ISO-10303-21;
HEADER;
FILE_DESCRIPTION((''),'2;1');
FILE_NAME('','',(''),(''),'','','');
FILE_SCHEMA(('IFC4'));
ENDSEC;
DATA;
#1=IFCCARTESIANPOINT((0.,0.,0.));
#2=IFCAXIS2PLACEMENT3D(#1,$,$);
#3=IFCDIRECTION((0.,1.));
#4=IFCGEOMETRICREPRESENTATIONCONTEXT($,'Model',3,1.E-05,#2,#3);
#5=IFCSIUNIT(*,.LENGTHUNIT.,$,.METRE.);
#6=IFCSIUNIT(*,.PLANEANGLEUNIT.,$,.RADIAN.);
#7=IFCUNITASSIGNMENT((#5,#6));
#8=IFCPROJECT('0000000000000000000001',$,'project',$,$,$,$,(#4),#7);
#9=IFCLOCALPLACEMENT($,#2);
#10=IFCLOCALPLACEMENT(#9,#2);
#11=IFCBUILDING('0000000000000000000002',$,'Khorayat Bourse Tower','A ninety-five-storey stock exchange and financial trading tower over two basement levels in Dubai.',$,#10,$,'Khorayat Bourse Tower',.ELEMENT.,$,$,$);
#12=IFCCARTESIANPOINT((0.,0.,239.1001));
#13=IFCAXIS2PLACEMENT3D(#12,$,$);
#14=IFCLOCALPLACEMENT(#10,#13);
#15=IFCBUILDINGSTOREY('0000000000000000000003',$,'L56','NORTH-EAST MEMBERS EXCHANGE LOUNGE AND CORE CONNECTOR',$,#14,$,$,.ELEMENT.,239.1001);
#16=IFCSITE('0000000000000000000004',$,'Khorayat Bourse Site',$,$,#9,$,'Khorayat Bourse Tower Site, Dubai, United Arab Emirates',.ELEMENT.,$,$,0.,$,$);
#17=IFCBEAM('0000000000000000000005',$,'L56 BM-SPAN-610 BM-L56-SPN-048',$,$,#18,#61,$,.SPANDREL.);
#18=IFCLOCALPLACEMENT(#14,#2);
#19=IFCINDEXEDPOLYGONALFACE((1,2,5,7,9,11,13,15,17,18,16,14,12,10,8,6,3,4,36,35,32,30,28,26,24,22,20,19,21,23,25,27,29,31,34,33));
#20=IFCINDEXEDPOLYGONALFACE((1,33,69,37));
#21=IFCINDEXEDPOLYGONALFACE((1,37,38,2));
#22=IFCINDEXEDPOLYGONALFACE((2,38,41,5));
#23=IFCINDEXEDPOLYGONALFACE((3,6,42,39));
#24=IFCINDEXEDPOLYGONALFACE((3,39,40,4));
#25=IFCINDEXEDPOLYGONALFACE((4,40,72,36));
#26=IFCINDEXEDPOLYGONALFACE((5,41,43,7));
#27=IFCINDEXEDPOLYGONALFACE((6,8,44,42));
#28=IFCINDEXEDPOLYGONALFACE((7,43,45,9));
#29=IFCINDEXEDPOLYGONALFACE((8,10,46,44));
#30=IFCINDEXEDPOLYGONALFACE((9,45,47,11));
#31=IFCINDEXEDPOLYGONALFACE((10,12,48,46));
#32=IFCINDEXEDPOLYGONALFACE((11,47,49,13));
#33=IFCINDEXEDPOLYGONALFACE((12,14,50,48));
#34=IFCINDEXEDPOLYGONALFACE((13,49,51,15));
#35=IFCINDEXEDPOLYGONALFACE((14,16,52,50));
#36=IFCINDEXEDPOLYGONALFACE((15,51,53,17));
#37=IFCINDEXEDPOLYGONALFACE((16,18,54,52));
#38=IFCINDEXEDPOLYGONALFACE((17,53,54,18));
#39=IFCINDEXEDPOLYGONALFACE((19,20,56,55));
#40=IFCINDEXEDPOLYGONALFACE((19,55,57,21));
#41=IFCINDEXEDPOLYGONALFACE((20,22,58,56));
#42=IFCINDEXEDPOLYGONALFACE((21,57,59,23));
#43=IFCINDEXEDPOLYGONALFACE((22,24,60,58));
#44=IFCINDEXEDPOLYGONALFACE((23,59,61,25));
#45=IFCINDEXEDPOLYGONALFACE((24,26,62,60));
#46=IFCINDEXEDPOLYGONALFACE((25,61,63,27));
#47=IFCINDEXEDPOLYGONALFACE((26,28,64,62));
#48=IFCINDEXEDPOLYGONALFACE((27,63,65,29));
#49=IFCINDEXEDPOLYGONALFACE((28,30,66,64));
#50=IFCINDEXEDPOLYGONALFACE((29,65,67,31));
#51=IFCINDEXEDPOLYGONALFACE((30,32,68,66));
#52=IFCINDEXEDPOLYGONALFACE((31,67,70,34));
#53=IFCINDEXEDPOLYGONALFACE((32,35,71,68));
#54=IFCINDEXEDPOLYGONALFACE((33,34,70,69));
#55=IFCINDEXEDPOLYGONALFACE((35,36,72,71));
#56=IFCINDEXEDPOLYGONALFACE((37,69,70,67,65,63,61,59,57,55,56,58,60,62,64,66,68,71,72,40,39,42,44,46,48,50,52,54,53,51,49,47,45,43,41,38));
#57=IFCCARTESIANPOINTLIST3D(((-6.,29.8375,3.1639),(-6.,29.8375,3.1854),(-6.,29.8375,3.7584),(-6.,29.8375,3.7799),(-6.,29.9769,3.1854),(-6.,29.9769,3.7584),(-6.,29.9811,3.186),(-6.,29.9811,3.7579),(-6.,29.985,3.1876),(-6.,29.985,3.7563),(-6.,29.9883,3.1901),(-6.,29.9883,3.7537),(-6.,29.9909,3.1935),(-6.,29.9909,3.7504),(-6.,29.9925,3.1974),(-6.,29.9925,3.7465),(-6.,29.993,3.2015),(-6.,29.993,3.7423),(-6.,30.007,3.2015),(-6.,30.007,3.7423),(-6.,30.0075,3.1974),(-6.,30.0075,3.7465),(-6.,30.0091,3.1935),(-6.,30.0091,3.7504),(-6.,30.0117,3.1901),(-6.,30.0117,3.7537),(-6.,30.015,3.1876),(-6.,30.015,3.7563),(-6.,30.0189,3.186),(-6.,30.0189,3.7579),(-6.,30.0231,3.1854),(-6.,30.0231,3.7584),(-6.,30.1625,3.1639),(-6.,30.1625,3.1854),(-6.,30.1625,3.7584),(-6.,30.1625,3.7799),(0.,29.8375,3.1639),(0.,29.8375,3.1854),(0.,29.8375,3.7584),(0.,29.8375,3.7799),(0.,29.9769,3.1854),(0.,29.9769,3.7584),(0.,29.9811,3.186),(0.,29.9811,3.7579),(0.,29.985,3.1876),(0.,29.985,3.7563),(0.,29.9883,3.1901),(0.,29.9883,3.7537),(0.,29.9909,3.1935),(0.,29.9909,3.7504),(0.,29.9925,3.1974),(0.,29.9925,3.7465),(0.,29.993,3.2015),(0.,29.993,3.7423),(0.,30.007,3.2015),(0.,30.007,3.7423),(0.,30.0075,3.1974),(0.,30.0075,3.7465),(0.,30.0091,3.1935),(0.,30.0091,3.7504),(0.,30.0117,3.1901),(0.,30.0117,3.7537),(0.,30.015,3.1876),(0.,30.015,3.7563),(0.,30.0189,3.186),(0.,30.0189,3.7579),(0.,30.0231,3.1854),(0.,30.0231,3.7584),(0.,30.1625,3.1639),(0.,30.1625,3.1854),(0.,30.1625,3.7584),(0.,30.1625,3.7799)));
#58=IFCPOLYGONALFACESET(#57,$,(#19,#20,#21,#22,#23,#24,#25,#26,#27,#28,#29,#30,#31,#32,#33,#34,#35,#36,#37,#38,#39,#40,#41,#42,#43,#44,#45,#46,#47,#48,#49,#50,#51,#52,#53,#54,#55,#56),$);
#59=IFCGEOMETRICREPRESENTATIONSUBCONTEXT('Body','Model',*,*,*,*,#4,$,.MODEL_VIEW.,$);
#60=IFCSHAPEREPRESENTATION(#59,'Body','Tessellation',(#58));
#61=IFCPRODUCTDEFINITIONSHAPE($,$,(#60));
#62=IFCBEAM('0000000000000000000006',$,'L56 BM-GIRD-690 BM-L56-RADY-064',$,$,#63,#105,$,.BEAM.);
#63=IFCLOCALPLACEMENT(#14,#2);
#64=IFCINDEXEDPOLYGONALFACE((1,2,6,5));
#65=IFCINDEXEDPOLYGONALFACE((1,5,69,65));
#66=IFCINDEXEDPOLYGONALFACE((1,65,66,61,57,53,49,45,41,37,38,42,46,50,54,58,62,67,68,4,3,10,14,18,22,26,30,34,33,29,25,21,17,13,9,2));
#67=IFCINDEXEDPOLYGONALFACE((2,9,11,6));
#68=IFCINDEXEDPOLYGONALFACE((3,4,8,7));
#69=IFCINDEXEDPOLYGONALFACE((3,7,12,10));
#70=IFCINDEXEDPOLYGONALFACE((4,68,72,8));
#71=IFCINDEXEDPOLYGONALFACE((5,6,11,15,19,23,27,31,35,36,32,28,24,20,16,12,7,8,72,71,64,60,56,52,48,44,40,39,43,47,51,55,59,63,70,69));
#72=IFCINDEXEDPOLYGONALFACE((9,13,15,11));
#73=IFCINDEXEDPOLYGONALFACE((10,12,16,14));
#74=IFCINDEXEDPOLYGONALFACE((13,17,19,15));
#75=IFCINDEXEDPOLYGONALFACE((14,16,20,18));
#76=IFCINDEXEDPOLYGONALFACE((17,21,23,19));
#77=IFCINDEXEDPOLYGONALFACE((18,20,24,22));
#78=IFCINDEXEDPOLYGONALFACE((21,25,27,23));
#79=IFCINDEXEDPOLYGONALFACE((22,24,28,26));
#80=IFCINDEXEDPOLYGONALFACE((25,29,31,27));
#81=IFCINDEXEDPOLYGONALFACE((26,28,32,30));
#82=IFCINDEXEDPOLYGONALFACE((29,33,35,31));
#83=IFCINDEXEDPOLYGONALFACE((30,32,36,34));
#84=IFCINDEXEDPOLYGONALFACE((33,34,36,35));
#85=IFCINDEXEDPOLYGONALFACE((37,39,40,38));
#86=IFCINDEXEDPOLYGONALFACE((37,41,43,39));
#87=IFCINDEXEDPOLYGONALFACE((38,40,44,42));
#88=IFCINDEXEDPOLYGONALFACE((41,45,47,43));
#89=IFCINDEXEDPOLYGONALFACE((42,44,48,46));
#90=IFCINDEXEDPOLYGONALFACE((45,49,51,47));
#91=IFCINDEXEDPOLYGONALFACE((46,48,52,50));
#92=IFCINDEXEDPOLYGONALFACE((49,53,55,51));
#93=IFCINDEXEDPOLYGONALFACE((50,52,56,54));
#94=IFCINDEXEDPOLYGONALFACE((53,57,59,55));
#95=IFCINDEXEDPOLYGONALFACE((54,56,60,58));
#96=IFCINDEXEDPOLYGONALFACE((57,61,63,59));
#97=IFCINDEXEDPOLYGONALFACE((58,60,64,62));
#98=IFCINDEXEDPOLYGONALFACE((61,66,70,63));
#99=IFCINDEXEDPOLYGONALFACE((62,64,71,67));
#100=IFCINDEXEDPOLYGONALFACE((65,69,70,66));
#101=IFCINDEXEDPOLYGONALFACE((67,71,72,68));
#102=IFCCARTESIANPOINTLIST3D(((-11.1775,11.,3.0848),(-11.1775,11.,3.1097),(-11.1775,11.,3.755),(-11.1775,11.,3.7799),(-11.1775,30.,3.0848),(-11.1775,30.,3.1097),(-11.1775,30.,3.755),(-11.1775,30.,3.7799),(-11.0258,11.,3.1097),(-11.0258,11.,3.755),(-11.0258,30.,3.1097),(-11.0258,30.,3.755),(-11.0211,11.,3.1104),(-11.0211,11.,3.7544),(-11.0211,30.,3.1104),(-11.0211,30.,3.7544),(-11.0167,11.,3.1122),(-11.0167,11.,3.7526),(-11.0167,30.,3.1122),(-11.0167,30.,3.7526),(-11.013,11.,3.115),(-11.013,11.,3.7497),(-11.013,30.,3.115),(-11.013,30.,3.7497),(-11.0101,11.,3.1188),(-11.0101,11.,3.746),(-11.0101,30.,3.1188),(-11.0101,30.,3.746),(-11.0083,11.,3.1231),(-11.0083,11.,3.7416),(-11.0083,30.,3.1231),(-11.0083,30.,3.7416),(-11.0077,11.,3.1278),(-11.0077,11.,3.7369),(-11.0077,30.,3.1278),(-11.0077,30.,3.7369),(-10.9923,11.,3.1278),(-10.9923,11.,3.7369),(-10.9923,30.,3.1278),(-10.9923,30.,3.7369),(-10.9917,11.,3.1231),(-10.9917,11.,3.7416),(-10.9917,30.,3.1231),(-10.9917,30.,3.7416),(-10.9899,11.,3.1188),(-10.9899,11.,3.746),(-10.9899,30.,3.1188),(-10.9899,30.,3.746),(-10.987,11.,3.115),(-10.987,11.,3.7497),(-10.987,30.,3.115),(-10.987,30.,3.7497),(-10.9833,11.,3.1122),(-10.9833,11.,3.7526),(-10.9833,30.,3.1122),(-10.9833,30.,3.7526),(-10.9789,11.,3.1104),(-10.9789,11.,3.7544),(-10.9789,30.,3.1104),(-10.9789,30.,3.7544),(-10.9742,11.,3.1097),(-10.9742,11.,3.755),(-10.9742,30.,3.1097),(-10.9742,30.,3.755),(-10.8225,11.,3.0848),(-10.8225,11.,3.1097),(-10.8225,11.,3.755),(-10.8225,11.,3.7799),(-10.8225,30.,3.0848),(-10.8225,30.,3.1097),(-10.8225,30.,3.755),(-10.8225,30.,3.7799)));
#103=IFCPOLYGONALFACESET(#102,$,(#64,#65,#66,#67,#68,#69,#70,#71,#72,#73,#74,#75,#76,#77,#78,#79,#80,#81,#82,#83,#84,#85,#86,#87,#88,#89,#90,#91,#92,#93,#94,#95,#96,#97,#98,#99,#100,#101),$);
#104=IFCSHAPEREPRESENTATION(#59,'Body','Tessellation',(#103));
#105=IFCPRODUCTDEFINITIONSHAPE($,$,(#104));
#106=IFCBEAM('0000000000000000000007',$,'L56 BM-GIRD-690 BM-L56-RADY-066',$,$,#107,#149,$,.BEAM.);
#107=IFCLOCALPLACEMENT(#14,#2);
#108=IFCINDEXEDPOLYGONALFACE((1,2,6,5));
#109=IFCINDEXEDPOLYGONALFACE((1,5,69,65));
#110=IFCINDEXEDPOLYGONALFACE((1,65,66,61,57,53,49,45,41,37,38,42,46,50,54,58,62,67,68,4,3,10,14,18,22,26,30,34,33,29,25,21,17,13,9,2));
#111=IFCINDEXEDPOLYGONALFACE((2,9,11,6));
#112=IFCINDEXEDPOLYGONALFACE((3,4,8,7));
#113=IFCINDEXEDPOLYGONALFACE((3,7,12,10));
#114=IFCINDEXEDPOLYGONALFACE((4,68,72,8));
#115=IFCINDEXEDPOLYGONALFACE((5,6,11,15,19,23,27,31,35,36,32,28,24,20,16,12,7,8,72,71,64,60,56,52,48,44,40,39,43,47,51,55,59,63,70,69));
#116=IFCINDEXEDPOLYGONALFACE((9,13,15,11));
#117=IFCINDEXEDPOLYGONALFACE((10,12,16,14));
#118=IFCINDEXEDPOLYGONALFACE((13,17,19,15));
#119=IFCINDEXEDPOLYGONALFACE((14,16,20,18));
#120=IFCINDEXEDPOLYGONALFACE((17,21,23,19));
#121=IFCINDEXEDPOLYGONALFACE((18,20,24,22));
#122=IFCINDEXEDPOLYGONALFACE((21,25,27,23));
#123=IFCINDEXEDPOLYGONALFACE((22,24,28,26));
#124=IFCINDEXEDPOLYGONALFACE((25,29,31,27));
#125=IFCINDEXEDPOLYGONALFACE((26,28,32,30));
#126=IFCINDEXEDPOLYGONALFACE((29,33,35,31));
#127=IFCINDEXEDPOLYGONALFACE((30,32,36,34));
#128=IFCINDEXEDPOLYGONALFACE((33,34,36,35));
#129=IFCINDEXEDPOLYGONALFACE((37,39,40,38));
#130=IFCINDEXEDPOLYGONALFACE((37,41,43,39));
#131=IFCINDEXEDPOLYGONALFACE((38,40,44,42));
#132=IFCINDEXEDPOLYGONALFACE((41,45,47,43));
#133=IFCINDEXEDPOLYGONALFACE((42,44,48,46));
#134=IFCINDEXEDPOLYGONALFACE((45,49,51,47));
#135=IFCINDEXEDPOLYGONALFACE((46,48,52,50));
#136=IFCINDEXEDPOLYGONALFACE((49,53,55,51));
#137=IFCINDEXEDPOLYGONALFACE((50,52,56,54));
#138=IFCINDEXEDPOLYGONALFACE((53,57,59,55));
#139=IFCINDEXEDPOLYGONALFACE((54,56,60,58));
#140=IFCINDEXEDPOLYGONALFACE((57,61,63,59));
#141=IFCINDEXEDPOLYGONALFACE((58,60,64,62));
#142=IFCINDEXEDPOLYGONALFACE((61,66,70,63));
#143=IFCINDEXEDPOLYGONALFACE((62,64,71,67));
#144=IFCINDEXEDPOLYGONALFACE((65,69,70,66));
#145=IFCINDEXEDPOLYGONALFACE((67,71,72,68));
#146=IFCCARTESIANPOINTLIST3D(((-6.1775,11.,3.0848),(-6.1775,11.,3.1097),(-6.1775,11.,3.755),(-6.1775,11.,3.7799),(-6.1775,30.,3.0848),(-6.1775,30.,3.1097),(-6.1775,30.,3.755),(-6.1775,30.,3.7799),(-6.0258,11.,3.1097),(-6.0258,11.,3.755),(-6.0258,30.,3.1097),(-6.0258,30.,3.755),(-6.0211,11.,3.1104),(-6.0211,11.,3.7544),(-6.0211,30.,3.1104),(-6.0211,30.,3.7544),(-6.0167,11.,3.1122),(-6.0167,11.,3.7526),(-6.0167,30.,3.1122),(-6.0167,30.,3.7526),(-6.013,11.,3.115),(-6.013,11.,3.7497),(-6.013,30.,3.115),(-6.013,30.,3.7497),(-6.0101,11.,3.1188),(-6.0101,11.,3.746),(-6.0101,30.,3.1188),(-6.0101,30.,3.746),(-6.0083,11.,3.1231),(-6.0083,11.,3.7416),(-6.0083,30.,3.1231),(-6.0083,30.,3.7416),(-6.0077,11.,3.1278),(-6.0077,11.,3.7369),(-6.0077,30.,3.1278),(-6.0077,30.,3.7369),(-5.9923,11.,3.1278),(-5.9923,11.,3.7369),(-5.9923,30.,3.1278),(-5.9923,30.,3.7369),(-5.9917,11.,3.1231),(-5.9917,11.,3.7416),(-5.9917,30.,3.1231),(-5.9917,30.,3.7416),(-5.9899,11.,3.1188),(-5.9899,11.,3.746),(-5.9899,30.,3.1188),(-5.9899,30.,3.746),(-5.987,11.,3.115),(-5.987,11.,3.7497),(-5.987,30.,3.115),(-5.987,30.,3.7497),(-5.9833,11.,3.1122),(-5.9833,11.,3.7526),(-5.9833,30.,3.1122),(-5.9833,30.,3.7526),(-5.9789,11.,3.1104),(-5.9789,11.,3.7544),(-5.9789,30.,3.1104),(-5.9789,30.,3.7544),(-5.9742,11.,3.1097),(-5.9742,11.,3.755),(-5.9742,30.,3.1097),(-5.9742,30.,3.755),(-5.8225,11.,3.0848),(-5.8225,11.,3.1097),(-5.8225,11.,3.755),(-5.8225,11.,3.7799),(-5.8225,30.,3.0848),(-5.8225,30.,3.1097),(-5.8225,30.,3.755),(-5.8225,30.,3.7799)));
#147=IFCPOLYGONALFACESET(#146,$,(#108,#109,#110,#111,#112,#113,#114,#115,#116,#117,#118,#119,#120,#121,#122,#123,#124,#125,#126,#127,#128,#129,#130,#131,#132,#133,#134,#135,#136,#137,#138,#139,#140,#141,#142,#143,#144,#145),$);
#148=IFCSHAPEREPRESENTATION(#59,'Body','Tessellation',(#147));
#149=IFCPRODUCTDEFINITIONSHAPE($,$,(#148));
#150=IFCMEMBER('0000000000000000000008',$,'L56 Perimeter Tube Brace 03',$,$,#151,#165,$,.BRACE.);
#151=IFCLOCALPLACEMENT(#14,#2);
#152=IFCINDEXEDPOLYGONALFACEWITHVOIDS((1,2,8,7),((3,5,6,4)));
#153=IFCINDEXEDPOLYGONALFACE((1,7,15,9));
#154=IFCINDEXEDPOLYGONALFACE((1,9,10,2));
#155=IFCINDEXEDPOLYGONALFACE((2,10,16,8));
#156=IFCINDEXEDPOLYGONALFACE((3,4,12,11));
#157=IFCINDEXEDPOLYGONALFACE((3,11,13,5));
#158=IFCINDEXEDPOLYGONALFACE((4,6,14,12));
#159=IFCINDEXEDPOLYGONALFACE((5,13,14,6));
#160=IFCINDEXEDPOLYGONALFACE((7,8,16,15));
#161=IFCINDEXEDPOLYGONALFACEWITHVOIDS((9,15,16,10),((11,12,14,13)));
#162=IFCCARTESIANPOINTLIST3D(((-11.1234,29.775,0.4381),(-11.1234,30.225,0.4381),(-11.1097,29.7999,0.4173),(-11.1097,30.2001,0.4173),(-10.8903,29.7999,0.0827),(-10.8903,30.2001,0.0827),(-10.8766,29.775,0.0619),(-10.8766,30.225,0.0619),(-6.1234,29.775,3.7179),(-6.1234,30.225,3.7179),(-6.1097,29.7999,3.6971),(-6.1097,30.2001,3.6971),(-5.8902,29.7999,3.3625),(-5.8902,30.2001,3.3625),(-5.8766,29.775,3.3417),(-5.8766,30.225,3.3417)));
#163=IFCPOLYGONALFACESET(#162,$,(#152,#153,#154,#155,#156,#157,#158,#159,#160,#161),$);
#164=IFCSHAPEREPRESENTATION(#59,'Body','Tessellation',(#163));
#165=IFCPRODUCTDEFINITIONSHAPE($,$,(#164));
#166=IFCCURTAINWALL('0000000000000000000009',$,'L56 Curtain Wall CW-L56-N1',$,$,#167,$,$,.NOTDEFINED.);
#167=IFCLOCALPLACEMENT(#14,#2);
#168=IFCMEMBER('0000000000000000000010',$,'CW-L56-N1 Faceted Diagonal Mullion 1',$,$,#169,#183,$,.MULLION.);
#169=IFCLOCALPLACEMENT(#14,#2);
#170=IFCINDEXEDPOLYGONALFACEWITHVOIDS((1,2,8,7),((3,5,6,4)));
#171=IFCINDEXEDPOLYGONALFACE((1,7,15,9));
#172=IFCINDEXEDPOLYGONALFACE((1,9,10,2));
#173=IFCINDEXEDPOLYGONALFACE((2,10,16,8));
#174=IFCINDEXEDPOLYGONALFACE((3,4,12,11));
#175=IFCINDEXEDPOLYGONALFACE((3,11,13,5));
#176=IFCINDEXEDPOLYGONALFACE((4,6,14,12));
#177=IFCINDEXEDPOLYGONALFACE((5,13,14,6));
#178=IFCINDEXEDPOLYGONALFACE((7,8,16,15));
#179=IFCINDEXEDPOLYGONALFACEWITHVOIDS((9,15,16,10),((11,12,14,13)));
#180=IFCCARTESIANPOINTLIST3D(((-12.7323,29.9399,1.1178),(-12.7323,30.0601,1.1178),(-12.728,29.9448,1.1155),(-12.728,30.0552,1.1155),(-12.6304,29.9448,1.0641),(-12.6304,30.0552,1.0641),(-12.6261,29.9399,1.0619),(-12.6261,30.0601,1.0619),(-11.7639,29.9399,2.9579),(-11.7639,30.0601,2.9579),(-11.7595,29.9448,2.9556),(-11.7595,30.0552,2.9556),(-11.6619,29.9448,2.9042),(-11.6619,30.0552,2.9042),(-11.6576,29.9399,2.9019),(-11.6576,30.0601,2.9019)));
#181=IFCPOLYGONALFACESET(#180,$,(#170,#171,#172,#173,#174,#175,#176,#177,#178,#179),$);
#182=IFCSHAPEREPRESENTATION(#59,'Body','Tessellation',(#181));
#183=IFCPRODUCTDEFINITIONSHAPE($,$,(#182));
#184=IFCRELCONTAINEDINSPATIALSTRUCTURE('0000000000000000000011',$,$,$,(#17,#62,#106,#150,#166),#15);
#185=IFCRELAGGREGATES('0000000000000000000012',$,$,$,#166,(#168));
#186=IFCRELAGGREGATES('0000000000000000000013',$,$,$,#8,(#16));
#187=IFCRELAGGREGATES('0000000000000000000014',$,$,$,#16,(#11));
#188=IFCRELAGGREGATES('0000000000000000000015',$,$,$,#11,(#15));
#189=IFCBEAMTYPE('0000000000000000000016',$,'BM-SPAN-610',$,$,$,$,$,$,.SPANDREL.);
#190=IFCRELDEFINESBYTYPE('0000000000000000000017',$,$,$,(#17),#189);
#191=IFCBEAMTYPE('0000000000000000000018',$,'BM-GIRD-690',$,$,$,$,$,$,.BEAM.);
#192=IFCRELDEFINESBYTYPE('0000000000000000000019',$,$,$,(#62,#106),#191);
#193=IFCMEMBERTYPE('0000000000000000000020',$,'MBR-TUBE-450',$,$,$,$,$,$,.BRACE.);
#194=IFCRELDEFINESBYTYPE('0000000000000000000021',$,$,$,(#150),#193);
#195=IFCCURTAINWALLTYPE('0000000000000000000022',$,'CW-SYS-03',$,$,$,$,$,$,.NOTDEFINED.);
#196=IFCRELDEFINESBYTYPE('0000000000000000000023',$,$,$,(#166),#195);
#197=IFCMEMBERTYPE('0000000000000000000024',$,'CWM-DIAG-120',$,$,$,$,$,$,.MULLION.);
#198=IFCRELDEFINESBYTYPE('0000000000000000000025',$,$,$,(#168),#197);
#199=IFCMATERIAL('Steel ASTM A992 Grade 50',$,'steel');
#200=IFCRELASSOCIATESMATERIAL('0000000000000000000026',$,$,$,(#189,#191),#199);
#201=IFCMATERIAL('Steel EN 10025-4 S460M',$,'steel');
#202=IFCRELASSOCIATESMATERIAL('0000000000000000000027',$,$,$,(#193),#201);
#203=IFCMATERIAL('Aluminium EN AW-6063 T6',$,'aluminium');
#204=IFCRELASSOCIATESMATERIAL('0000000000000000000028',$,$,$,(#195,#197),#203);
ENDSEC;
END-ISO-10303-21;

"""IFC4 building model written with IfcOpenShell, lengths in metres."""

from ifc_helpers import new_model, si_unit, direction, frame, origin, origin_2d, place, context, subcontext, project, spatial, hollow_rectangle, i_section, extrude, source, transform, mapped, material, material_profile, profile_set, type_object, element, aggregate, save


model = new_model("IFC4")

# Units and contexts
model_context = context("Model", 3, precision=1e-05, world=origin(), true_north=direction((0.0, 1.0)))
body_context = subcontext(model_context, "Body", "Model", "MODEL_VIEW")
ifc_project = project(units=[si_unit("LENGTHUNIT", "METRE"), si_unit("PLANEANGLEUNIT", "RADIAN")], contexts=[model_context])

# Site, building, storey
site_placement = place(None, origin())
site = spatial("IfcSite", under=ifc_project, at=site_placement, Name="Khorayat Bourse Site", LongName="Khorayat Bourse Tower Site, Dubai, United Arab Emirates", CompositionType="ELEMENT", RefElevation=0.0)
building_placement = place(site_placement, origin())
building = spatial("IfcBuilding", under=site, at=building_placement, Name="Khorayat Bourse Tower", Description="A ninety-five-storey stock exchange and financial trading tower over two basement levels in Dubai.", LongName="Khorayat Bourse Tower", CompositionType="ELEMENT")
storey_placement = place(building_placement, frame((0.0, 0.0, 239.1001)))
storey = spatial("IfcBuildingStorey", under=building, at=storey_placement, Name="L56", Description="NORTH-EAST MEMBERS EXCHANGE LOUNGE AND CORE CONNECTOR", CompositionType="ELEMENT", Elevation=239.1001)

# Shared definitions
ifc_material_1 = material(Name="Steel EN 10025-4 S460M", Category="steel")

# Beams
ifc_material_2 = material(Name="Steel ASTM A992 Grade 50", Category="steel")
ifc_material_profile_1 = material_profile(ifc_material_2, i_section(OverallWidth=0.325, OverallDepth=0.616, WebThickness=0.0139, FlangeThickness=0.0215, FilletRadius=0.0161, at=origin_2d()), Name="W610X174")
ifc_profile_set_1 = profile_set([ifc_material_profile_1], Name="Steel ASTM A992 Grade 50")
beam_type_1 = type_object("IfcBeamType", Name="BM-SPAN-610", PredefinedType="SPANDREL", material=ifc_profile_set_1)
shared_shape_1 = source(origin(), body_context, "Body", "SweptSolid", [
    extrude(i_section(OverallWidth=0.325, OverallDepth=0.616, WebThickness=0.0139, FlangeThickness=0.0215, FilletRadius=0.0161, at=origin_2d()), origin(), (0.0, 0.0, 1.0), 6.0),
])
beam_1_placement = place(storey_placement, frame((-6.0, 30.0, 3.4719), z_axis=(1.0, 0.0, 0.0), x_axis=(0.0, 1.0, 0.0)))
element("IfcBeam", 1, at=beam_1_placement, inside=storey, type_object=beam_type_1, Name="L56 BM-SPAN-610 BM-L56-SPN-048", PredefinedType="SPANDREL", context=body_context, shape_type="MappedRepresentation", body=[
    mapped(shared_shape_1, transform((0.0, 0.0, 0.0), scale=1.0)),
])
ifc_material_profile_2 = material_profile(ifc_material_2, i_section(OverallWidth=0.355, OverallDepth=0.6951, WebThickness=0.0154, FlangeThickness=0.0249, FilletRadius=0.0181, at=origin_2d()), Name="W690X217")
ifc_profile_set_2 = profile_set([ifc_material_profile_2], Name="Steel ASTM A992 Grade 50")
beam_type_2 = type_object("IfcBeamType", Name="BM-GIRD-690", PredefinedType="BEAM", material=ifc_profile_set_2)
shared_shape_2 = source(origin(), body_context, "Body", "SweptSolid", [
    extrude(i_section(OverallWidth=0.355, OverallDepth=0.6951, WebThickness=0.0154, FlangeThickness=0.0249, FilletRadius=0.0181, at=origin_2d()), origin(), (0.0, 0.0, 1.0), 19.0),
])
for number, where, z_axis, x_axis, name in (
    (2, (-11.0, 11.0, 3.4324), (0.0, 1.0, 0.0), (-1.0, 0.0, 0.0), "L56 BM-GIRD-690 BM-L56-RADY-064"),
    (3, (-6.0, 11.0, 3.4324), (0.0, 1.0, 0.0), (-1.0, 0.0, 0.0), "L56 BM-GIRD-690 BM-L56-RADY-066"),
):
    element("IfcBeam", number, at=place(storey_placement, frame(where, z_axis=z_axis, x_axis=x_axis)), inside=storey, type_object=beam_type_2, Name=name, PredefinedType="BEAM", context=body_context, shape_type="MappedRepresentation", body=[
        mapped(shared_shape_2, transform((0.0, 0.0, 0.0), scale=1.0)),
    ])

# Member
ifc_material_profile_3 = material_profile(ifc_material_1, hollow_rectangle(XDim=0.45, YDim=0.45, WallThickness=0.0249, at=origin_2d()), Name="HSS 450x450x25")
ifc_profile_set_3 = profile_set([ifc_material_profile_3], Name="Steel EN 10025-4 S460M")
member_type_1 = type_object("IfcMemberType", Name="MBR-TUBE-450", PredefinedType="BRACE", material=ifc_profile_set_3)
shared_shape_3 = source(origin(), body_context, "Body", "SweptSolid", [
    extrude(hollow_rectangle(XDim=0.45, YDim=0.45, WallThickness=0.0249, at=origin_2d()), origin(), (0.0, 0.0, 1.0), 5.9797),
])
member_1_placement = place(storey_placement, frame((-11.0, 30.0, 0.25), z_axis=(0.83616, 0.0, 0.548485), x_axis=(0.0, 1.0, 0.0)))
element("IfcMember", 4, at=member_1_placement, inside=storey, type_object=member_type_1, Name="L56 Perimeter Tube Brace 03", PredefinedType="BRACE", context=body_context, shape_type="MappedRepresentation", body=[
    mapped(shared_shape_3, transform((0.0, 0.0, 0.0), scale=1.0)),
])

# Curtain wall, member
ifc_material_3 = material(Name="Aluminium EN AW-6063 T6", Category="aluminium")
curtain_wall_type = type_object("IfcCurtainWallType", Name="CW-SYS-03", PredefinedType="NOTDEFINED", material=ifc_material_3)
curtain_wall_placement = place(storey_placement, origin())
curtain_wall = element("IfcCurtainWall", 5, at=curtain_wall_placement, inside=storey, type_object=curtain_wall_type, Name="L56 Curtain Wall CW-L56-N1", PredefinedType="NOTDEFINED")
ifc_material_profile_4 = material_profile(ifc_material_3, hollow_rectangle(XDim=0.1201, YDim=0.1201, WallThickness=0.0049, at=origin_2d()), Name="ALU 120x120x5")
ifc_profile_set_4 = profile_set([ifc_material_profile_4], Name="Aluminium EN AW-6063 T6")
member_type_2 = type_object("IfcMemberType", Name="CWM-DIAG-120", PredefinedType="MULLION", material=ifc_profile_set_4)
shared_shape_4 = source(origin(), body_context, "Body", "SweptSolid", [
    extrude(hollow_rectangle(XDim=0.1201, YDim=0.1201, WallThickness=0.0049, at=origin_2d()), origin(), (0.0, 0.0, 1.0), 2.0793),
])
member_2_placement = place(storey_placement, frame((-12.6792, 30.0, 1.0898), z_axis=(0.465761, 0.0, 0.884911), x_axis=(0.0, 1.0, 0.0)))
member_2 = element("IfcMember", 6, at=member_2_placement, type_object=member_type_2, Name="CW-L56-N1 Faceted Diagonal Mullion 1", PredefinedType="MULLION", context=body_context, shape_type="MappedRepresentation", body=[
    mapped(shared_shape_4, transform((0.0, 0.0, 0.0), scale=1.0)),
])

aggregate(curtain_wall, [member_2])

save(model, "model.ifc")
